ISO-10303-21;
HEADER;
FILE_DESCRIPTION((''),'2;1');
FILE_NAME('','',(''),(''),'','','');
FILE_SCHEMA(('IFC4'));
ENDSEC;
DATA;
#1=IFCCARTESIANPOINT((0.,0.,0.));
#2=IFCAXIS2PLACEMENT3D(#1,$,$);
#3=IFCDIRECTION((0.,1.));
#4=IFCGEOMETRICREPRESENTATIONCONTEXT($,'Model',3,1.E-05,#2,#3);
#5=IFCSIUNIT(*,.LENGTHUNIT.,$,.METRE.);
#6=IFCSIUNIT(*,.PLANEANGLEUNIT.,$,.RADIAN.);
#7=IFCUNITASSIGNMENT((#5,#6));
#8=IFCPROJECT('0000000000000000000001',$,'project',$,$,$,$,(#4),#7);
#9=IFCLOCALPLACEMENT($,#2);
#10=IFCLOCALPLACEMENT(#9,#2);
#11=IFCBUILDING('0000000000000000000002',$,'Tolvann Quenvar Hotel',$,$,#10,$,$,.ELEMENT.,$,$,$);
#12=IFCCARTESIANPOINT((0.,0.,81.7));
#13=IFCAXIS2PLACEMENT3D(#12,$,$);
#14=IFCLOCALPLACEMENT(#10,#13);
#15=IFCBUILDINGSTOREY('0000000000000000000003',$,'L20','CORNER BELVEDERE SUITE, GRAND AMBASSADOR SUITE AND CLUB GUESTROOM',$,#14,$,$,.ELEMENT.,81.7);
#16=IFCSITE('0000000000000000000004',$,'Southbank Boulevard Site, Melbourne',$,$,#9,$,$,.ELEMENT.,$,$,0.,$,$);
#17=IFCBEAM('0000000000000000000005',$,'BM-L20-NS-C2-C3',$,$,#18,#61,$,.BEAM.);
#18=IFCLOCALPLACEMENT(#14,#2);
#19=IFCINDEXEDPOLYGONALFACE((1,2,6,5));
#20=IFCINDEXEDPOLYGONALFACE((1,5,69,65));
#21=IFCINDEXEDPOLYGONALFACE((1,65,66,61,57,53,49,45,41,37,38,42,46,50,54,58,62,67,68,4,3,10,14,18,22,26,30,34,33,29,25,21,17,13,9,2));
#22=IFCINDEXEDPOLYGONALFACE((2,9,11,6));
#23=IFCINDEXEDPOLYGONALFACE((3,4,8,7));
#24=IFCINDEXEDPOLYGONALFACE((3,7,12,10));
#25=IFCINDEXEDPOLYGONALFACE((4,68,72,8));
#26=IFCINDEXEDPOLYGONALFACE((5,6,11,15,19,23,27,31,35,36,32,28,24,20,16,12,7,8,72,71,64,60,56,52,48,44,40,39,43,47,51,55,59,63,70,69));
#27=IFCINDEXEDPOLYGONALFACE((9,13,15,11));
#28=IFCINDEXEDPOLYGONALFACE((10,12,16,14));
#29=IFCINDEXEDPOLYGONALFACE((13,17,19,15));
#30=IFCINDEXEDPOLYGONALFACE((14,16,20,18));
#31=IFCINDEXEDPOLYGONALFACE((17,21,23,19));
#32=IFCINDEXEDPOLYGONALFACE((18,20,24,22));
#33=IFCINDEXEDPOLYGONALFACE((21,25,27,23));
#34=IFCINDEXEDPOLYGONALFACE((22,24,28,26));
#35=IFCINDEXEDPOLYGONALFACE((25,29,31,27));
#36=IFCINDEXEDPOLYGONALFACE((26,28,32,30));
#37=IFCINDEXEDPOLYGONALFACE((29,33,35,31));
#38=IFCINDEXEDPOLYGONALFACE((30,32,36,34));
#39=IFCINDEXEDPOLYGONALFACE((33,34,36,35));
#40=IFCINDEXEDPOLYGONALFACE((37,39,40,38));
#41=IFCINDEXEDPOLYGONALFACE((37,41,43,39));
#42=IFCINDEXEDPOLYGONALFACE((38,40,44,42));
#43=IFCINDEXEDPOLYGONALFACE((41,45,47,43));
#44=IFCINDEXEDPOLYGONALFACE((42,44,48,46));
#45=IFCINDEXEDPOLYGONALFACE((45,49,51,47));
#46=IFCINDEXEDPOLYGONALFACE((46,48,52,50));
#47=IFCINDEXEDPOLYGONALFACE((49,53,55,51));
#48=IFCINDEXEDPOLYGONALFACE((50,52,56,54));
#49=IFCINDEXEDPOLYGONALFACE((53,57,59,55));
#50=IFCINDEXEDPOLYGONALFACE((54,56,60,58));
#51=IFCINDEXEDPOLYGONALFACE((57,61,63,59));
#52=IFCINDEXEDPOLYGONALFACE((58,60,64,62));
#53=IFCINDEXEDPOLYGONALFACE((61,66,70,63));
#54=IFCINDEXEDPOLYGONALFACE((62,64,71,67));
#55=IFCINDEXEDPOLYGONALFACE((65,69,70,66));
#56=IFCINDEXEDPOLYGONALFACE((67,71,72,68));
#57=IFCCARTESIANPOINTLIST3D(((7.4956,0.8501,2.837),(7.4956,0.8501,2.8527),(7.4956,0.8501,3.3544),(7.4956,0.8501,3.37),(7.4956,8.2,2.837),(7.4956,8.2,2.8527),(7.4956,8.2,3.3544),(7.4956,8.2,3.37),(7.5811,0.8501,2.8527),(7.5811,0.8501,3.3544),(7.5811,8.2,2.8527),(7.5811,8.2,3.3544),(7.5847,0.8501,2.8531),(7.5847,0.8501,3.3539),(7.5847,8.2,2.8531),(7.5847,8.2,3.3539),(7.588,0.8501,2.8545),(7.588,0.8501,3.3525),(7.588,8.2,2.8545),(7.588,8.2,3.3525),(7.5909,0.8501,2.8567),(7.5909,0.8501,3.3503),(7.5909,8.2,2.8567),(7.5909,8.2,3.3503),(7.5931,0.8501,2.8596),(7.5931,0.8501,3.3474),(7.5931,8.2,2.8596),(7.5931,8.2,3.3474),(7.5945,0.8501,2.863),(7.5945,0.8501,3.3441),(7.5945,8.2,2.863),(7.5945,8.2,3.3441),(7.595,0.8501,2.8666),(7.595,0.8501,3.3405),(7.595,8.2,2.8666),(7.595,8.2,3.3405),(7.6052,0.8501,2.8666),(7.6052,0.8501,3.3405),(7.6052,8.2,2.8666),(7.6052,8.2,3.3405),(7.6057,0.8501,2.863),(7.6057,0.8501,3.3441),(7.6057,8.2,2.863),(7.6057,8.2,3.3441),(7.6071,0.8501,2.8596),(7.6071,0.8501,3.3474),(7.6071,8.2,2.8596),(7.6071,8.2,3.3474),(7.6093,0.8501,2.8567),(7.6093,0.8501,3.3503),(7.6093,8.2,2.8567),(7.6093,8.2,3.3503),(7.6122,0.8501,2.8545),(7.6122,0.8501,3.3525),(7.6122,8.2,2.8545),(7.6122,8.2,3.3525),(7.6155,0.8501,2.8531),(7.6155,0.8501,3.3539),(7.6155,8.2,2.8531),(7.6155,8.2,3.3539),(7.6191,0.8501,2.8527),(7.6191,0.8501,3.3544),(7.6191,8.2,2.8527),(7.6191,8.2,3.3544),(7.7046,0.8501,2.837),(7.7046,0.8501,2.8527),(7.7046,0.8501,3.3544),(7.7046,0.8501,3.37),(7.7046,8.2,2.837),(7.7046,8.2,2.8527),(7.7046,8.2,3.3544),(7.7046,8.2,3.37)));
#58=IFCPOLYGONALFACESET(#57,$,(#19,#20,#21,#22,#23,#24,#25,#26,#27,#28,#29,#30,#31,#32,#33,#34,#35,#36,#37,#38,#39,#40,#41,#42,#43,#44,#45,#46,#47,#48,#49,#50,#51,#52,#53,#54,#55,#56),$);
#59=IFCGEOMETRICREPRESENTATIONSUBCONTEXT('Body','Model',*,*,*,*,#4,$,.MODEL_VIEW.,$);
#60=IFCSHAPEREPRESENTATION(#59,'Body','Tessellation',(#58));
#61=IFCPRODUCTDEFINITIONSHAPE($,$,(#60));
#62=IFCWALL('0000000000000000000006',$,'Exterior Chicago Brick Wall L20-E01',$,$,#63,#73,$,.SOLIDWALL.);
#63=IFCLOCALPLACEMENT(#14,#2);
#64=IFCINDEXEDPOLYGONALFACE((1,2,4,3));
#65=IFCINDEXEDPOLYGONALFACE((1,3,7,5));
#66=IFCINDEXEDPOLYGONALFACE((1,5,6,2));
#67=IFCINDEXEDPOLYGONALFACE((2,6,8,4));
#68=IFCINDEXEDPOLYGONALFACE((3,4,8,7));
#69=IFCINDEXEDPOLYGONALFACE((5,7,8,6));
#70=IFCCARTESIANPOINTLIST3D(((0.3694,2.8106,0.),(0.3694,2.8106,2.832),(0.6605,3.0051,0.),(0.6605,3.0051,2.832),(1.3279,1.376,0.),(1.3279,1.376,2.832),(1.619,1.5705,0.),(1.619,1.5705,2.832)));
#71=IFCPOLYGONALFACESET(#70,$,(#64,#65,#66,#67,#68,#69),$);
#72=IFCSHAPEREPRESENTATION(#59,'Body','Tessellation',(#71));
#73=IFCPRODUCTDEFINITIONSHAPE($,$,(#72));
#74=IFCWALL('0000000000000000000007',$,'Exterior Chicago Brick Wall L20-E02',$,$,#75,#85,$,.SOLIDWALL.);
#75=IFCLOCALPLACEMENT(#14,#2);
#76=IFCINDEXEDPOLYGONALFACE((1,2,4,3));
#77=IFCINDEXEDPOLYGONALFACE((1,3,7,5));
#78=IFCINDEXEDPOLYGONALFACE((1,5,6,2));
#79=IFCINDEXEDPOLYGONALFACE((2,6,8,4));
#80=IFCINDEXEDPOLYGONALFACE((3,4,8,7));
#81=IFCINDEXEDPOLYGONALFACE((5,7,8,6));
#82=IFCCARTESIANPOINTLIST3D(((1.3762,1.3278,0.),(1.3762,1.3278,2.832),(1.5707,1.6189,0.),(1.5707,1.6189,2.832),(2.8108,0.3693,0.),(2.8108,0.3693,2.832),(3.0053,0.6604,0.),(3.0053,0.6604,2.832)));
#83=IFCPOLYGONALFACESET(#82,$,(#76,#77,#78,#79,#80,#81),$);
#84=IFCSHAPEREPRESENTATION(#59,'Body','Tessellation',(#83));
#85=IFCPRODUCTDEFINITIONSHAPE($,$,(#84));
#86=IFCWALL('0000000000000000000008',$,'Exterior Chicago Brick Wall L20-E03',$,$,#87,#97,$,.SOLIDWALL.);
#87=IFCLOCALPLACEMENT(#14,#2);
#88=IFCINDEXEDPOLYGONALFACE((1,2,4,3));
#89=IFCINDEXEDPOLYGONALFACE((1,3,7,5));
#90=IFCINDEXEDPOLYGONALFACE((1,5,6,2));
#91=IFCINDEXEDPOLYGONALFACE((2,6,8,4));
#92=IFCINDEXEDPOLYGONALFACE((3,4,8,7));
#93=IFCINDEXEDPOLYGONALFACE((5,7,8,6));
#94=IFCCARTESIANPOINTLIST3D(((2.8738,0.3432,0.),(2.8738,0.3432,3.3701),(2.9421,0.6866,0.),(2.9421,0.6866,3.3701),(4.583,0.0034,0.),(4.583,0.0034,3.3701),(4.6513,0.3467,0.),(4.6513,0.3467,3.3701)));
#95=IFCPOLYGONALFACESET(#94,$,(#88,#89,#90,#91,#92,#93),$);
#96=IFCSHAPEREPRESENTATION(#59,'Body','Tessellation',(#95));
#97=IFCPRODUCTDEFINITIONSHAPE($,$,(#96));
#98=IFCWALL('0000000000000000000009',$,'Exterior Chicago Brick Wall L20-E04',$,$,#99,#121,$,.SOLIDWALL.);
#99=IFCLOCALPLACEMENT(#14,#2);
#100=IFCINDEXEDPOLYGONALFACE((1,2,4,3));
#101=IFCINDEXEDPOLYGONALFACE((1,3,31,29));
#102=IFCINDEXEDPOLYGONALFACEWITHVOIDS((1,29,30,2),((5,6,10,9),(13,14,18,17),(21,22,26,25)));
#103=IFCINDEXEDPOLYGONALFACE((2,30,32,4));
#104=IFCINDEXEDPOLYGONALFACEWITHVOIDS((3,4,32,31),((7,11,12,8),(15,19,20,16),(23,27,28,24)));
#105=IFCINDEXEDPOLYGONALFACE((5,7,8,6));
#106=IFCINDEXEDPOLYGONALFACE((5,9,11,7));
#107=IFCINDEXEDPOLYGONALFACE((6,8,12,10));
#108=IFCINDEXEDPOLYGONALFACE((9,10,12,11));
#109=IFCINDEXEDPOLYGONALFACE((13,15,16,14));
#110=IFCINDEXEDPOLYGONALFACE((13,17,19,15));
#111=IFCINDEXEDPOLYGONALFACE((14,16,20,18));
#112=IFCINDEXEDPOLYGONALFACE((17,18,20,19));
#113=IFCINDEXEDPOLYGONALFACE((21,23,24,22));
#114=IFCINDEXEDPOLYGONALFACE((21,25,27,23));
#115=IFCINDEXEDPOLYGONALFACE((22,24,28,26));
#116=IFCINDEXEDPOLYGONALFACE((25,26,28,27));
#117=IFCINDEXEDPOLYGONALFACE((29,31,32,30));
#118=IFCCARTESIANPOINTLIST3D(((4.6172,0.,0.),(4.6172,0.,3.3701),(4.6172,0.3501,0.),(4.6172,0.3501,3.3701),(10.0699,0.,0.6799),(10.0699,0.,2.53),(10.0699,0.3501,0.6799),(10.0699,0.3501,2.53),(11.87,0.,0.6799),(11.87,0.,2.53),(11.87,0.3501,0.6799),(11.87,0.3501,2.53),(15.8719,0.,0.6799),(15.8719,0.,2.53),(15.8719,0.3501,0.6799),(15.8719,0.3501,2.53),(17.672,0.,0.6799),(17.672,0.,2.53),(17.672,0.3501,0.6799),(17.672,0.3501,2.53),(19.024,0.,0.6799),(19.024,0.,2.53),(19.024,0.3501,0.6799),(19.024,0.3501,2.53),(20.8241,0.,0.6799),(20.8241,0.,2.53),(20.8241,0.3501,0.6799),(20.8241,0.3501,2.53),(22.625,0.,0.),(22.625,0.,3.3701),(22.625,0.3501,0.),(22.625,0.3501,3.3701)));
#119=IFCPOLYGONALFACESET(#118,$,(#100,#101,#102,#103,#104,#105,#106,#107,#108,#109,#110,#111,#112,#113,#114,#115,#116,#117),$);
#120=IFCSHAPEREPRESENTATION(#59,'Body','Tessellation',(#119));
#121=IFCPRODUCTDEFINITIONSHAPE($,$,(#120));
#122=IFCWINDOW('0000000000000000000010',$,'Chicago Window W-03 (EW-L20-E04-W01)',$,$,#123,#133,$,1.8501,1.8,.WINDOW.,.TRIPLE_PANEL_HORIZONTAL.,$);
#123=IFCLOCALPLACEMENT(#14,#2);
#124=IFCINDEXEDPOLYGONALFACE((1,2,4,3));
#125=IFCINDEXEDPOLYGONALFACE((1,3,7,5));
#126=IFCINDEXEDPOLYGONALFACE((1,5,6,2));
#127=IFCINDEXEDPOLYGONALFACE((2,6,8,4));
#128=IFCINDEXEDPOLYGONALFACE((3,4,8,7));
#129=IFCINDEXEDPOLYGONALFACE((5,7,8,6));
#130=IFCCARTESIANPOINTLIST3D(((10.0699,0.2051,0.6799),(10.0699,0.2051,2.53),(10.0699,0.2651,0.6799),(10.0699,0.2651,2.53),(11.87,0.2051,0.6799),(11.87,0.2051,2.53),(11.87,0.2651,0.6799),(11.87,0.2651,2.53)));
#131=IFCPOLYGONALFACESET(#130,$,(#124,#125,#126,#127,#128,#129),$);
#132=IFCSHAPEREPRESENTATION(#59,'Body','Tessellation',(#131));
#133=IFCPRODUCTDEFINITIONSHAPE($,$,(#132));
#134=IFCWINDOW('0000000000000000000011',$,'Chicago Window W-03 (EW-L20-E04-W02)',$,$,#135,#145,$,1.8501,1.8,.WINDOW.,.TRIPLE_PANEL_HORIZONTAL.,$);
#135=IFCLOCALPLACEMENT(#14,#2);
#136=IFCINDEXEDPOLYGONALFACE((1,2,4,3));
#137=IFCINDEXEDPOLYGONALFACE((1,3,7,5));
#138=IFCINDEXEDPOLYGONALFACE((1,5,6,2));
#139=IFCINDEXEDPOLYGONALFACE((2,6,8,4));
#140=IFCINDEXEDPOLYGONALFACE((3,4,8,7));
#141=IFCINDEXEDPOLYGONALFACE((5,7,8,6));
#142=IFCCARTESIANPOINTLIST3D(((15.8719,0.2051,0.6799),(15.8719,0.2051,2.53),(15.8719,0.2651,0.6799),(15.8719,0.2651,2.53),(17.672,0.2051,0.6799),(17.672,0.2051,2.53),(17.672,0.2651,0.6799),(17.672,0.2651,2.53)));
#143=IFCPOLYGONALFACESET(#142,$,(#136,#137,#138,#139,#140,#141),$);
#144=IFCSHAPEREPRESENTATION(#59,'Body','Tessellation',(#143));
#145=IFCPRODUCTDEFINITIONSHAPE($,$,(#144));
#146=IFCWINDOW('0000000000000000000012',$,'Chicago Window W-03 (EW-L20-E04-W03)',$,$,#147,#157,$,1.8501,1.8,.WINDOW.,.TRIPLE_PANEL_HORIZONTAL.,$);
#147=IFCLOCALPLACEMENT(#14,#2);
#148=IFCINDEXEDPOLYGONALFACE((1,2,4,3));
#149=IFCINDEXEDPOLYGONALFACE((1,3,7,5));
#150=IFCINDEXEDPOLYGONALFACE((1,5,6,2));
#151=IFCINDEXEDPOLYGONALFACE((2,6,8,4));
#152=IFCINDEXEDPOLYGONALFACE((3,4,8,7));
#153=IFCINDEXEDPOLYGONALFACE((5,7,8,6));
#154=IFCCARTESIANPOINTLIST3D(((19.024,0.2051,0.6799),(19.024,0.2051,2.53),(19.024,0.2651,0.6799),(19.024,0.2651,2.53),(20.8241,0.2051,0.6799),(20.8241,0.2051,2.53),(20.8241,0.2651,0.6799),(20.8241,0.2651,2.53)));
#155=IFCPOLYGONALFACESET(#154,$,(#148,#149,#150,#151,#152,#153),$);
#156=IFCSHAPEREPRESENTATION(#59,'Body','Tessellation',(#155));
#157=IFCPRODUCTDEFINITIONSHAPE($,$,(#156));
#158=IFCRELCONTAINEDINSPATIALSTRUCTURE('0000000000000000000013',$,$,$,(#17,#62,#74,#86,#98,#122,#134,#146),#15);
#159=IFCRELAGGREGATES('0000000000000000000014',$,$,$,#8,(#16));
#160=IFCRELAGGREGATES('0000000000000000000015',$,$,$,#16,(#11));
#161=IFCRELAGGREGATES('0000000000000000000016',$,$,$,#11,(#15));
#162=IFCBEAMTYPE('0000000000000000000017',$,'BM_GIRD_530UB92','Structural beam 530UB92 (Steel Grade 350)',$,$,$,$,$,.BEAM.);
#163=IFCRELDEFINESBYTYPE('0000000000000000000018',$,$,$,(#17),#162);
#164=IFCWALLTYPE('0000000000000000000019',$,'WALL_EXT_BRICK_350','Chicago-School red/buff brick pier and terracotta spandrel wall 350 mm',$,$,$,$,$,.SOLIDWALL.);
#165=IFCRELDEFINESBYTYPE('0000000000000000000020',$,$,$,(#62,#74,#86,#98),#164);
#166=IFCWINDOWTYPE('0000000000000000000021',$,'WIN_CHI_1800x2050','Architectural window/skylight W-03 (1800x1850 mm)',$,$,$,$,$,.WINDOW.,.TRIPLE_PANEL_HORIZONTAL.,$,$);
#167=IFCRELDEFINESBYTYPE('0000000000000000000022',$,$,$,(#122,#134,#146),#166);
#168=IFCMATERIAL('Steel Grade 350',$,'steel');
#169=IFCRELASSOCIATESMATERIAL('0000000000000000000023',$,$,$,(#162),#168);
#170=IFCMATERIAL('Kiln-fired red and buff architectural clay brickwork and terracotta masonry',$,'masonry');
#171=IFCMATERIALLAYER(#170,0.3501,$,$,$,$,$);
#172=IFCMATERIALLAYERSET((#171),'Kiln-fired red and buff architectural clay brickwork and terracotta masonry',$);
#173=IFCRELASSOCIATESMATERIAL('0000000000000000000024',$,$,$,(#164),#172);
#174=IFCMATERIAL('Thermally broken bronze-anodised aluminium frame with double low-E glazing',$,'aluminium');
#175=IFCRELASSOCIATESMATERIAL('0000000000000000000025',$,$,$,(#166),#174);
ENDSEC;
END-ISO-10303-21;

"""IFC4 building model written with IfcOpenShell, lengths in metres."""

from ifc_helpers import new_model, si_unit, direction, frame, frame_2d, origin, origin_2d, place, context, subcontext, project, spatial, rectangle, i_section, extrude, source, transform, mapped, material, layer, layer_set, material_profile, profile_set, type_object, type_shapes, element, fill, save


model = new_model("IFC4")

# Units and contexts
model_context = context("Model", 3, precision=1e-05, world=origin(), true_north=direction((0.0, 1.0)))
body_context = subcontext(model_context, "Body", "Model", "MODEL_VIEW")
ifc_project = project(units=[si_unit("LENGTHUNIT", "METRE"), si_unit("PLANEANGLEUNIT", "RADIAN")], contexts=[model_context])

# Site, building, storey
site_placement = place(None, origin())
site = spatial("IfcSite", under=ifc_project, at=site_placement, Name="Southbank Boulevard Site, Melbourne", CompositionType="ELEMENT", RefElevation=0.0)
building_placement = place(site_placement, origin())
building = spatial("IfcBuilding", under=site, at=building_placement, Name="Tolvann Quenvar Hotel", CompositionType="ELEMENT")
storey_placement = place(building_placement, frame((0.0, 0.0, 81.7)))
storey = spatial("IfcBuildingStorey", under=building, at=storey_placement, Name="L20", Description="CORNER BELVEDERE SUITE, GRAND AMBASSADOR SUITE AND CLUB GUESTROOM", CompositionType="ELEMENT", Elevation=81.7)

# Shared definitions
ifc_material_1 = material(Name="Steel Grade 350", Category="steel")

# Beam
ifc_material_profile_1 = material_profile(ifc_material_1, i_section(OverallWidth=0.209, OverallDepth=0.533, WebThickness=0.0103, FlangeThickness=0.0156, FilletRadius=0.0139, at=origin_2d()), Name="530UB92")
ifc_profile_set_1 = profile_set([ifc_material_profile_1], Name="Steel Grade 350")
beam_type_1 = type_object("IfcBeamType", Name="BM_GIRD_530UB92", Description="Structural beam 530UB92 (Steel Grade 350)", PredefinedType="BEAM", material=ifc_profile_set_1)
shared_shape_1 = source(origin(), body_context, "Body", "SweptSolid", [
    extrude(i_section(OverallWidth=0.209, OverallDepth=0.533, WebThickness=0.0103, FlangeThickness=0.0156, FilletRadius=0.0139, at=origin_2d()), origin(), (0.0, 0.0, 1.0), 7.3499),
])
type_shapes(beam_type_1, [shared_shape_1])
beam_1_placement = place(storey_placement, frame((7.6001, 0.8501, 3.1035), z_axis=(0.0, 1.0, 0.0), x_axis=(-1.0, 0.0, 0.0)))
element("IfcBeam", 1, at=beam_1_placement, inside=storey, type_object=beam_type_1, Name="BM-L20-NS-C2-C3", PredefinedType="BEAM", context=body_context, shape_type="MappedRepresentation", body=[
    mapped(shared_shape_1, transform((0.0, 0.0, 0.0), x_axis=(1.0, 0.0, 0.0), y_axis=(0.0, 1.0, 0.0), z_axis=(0.0, 0.0, 1.0), scale=1.0)),
])

# Walls
ifc_material_2 = material(Name="Kiln-fired red and buff architectural clay brickwork and terracotta masonry", Category="masonry")
ifc_layer = layer(ifc_material_2, 0.3501)
ifc_layer_set = layer_set([ifc_layer], Name="Kiln-fired red and buff architectural clay brickwork and terracotta masonry")
wall_type = type_object("IfcWallType", Name="WALL_EXT_BRICK_350", Description="Chicago-School red/buff brick pier and terracotta spandrel wall 350 mm", PredefinedType="SOLIDWALL", material=ifc_layer_set)
for number, where, z_axis, x_axis, name in (
    (2, (0.5149, 2.908, 0.0), (0.0, 0.0, 1.0), (0.555549, -0.831484, 0.0), "Exterior Chicago Brick Wall L20-E01"),
    (3, (1.4734, 1.4734, 0.0), (0.0, 0.0, 1.0), (0.831484, -0.555549, 0.0), "Exterior Chicago Brick Wall L20-E02"),
):
    element("IfcWall", number, at=place(storey_placement, frame(where, z_axis=z_axis, x_axis=x_axis)), inside=storey, type_object=wall_type, Name=name, PredefinedType="SOLIDWALL", context=body_context, shape_type="SweptSolid", body=[
        extrude(rectangle(XDim=1.7253, YDim=0.3501, at=frame_2d((0.8628, 0.0))), origin(), (0.0, 0.0, 1.0), 2.832),
    ])
wall_1_placement = place(storey_placement, frame((2.908, 0.5149, 0.0), z_axis=(0.0, 0.0, 1.0), x_axis=(0.980801, -0.195011, 0.0)))
element("IfcWall", 4, at=wall_1_placement, inside=storey, type_object=wall_type, Name="Exterior Chicago Brick Wall L20-E03", PredefinedType="SOLIDWALL", context=body_context, shape_type="SweptSolid", body=[
    extrude(rectangle(XDim=1.7427, YDim=0.3501, at=frame_2d((0.8713, 0.0))), origin(), (0.0, 0.0, 1.0), 3.3701),
])

# Wall, openings, windows
wall_2_placement = place(storey_placement, frame((4.6172, 0.175, 0.0), z_axis=(0.0, 0.0, 1.0), x_axis=(1.0, 0.0, 0.0)))
wall_2 = element("IfcWall", 5, at=wall_2_placement, inside=storey, type_object=wall_type, Name="Exterior Chicago Brick Wall L20-E04", PredefinedType="SOLIDWALL", context=body_context, shape_type="SweptSolid", body=[
    extrude(rectangle(XDim=18.0078, YDim=0.3501, at=frame_2d((9.0039, 0.0))), origin(), (0.0, 0.0, 1.0), 3.3701),
])
opening_1_placement = place(wall_2_placement, frame((5.4529, 0.0, 0.6799)))
opening_1 = element("IfcOpeningElement", 6, at=opening_1_placement, cuts=wall_2, PredefinedType="OPENING", context=body_context, shape_type="SweptSolid", body=[
    extrude(rectangle(XDim=1.8, YDim=1.8501, at=frame_2d((0.8999, 0.925))), frame((0.0, 0.1851, 0.0), z_axis=(0.0, -1.0, 0.0), x_axis=(1.0, 0.0, 0.0)), (0.0, 0.0, 1.0), 0.3701),
])
opening_2_placement = place(wall_2_placement, frame((11.2549, 0.0, 0.6799)))
opening_2 = element("IfcOpeningElement", 7, at=opening_2_placement, cuts=wall_2, PredefinedType="OPENING", context=body_context, shape_type="SweptSolid", body=[
    extrude(rectangle(XDim=1.8, YDim=1.8501, at=frame_2d((0.8999, 0.925))), frame((0.0, 0.1851, 0.0), z_axis=(0.0, -1.0, 0.0), x_axis=(1.0, 0.0, 0.0)), (0.0, 0.0, 1.0), 0.3701),
])
opening_3_placement = place(wall_2_placement, frame((14.407, 0.0, 0.6799)))
opening_3 = element("IfcOpeningElement", 8, at=opening_3_placement, cuts=wall_2, PredefinedType="OPENING", context=body_context, shape_type="SweptSolid", body=[
    extrude(rectangle(XDim=1.8, YDim=1.8501, at=frame_2d((0.8999, 0.925))), frame((0.0, 0.1851, 0.0), z_axis=(0.0, -1.0, 0.0), x_axis=(1.0, 0.0, 0.0)), (0.0, 0.0, 1.0), 0.3701),
])
ifc_material_3 = material(Name="Thermally broken bronze-anodised aluminium frame with double low-E glazing", Category="aluminium")
window_type = type_object("IfcWindowType", Name="WIN_CHI_1800x2050", Description="Architectural window/skylight W-03 (1800x1850 mm)", PartitioningType="TRIPLE_PANEL_HORIZONTAL", PredefinedType="WINDOW", material=ifc_material_3)
shared_shape_2 = source(origin(), body_context, "Body", "SweptSolid", [
    extrude(rectangle(XDim=1.8, YDim=1.8501, at=frame_2d((0.8999, 0.925))), frame((0.0, 0.0901, 0.0), z_axis=(0.0, -1.0, 0.0), x_axis=(1.0, 0.0, 0.0)), (0.0, 0.0, 1.0), 0.0601),
])
type_shapes(window_type, [shared_shape_2])
window_1_placement = place(opening_1_placement, origin())
window_1 = element("IfcWindow", 9, at=window_1_placement, inside=storey, type_object=window_type, Name="Chicago Window W-03 (EW-L20-E04-W01)", OverallHeight=1.8501, OverallWidth=1.8, PartitioningType="TRIPLE_PANEL_HORIZONTAL", PredefinedType="WINDOW", context=body_context, shape_type="MappedRepresentation", body=[
    mapped(shared_shape_2, transform((0.0, 0.0, 0.0), x_axis=(1.0, 0.0, 0.0), y_axis=(0.0, 1.0, 0.0), z_axis=(0.0, 0.0, 1.0), scale=1.0)),
])
fill(opening_1, window_1)
window_2_placement = place(opening_2_placement, origin())
window_2 = element("IfcWindow", 10, at=window_2_placement, inside=storey, type_object=window_type, Name="Chicago Window W-03 (EW-L20-E04-W02)", OverallHeight=1.8501, OverallWidth=1.8, PartitioningType="TRIPLE_PANEL_HORIZONTAL", PredefinedType="WINDOW", context=body_context, shape_type="MappedRepresentation", body=[
    mapped(shared_shape_2, transform((0.0, 0.0, 0.0), x_axis=(1.0, 0.0, 0.0), y_axis=(0.0, 1.0, 0.0), z_axis=(0.0, 0.0, 1.0), scale=1.0)),
])
fill(opening_2, window_2)
window_3_placement = place(opening_3_placement, origin())
window_3 = element("IfcWindow", 11, at=window_3_placement, inside=storey, type_object=window_type, Name="Chicago Window W-03 (EW-L20-E04-W03)", OverallHeight=1.8501, OverallWidth=1.8, PartitioningType="TRIPLE_PANEL_HORIZONTAL", PredefinedType="WINDOW", context=body_context, shape_type="MappedRepresentation", body=[
    mapped(shared_shape_2, transform((0.0, 0.0, 0.0), x_axis=(1.0, 0.0, 0.0), y_axis=(0.0, 1.0, 0.0), z_axis=(0.0, 0.0, 1.0), scale=1.0)),
])
fill(opening_3, window_3)

save(model, "model.ifc")
